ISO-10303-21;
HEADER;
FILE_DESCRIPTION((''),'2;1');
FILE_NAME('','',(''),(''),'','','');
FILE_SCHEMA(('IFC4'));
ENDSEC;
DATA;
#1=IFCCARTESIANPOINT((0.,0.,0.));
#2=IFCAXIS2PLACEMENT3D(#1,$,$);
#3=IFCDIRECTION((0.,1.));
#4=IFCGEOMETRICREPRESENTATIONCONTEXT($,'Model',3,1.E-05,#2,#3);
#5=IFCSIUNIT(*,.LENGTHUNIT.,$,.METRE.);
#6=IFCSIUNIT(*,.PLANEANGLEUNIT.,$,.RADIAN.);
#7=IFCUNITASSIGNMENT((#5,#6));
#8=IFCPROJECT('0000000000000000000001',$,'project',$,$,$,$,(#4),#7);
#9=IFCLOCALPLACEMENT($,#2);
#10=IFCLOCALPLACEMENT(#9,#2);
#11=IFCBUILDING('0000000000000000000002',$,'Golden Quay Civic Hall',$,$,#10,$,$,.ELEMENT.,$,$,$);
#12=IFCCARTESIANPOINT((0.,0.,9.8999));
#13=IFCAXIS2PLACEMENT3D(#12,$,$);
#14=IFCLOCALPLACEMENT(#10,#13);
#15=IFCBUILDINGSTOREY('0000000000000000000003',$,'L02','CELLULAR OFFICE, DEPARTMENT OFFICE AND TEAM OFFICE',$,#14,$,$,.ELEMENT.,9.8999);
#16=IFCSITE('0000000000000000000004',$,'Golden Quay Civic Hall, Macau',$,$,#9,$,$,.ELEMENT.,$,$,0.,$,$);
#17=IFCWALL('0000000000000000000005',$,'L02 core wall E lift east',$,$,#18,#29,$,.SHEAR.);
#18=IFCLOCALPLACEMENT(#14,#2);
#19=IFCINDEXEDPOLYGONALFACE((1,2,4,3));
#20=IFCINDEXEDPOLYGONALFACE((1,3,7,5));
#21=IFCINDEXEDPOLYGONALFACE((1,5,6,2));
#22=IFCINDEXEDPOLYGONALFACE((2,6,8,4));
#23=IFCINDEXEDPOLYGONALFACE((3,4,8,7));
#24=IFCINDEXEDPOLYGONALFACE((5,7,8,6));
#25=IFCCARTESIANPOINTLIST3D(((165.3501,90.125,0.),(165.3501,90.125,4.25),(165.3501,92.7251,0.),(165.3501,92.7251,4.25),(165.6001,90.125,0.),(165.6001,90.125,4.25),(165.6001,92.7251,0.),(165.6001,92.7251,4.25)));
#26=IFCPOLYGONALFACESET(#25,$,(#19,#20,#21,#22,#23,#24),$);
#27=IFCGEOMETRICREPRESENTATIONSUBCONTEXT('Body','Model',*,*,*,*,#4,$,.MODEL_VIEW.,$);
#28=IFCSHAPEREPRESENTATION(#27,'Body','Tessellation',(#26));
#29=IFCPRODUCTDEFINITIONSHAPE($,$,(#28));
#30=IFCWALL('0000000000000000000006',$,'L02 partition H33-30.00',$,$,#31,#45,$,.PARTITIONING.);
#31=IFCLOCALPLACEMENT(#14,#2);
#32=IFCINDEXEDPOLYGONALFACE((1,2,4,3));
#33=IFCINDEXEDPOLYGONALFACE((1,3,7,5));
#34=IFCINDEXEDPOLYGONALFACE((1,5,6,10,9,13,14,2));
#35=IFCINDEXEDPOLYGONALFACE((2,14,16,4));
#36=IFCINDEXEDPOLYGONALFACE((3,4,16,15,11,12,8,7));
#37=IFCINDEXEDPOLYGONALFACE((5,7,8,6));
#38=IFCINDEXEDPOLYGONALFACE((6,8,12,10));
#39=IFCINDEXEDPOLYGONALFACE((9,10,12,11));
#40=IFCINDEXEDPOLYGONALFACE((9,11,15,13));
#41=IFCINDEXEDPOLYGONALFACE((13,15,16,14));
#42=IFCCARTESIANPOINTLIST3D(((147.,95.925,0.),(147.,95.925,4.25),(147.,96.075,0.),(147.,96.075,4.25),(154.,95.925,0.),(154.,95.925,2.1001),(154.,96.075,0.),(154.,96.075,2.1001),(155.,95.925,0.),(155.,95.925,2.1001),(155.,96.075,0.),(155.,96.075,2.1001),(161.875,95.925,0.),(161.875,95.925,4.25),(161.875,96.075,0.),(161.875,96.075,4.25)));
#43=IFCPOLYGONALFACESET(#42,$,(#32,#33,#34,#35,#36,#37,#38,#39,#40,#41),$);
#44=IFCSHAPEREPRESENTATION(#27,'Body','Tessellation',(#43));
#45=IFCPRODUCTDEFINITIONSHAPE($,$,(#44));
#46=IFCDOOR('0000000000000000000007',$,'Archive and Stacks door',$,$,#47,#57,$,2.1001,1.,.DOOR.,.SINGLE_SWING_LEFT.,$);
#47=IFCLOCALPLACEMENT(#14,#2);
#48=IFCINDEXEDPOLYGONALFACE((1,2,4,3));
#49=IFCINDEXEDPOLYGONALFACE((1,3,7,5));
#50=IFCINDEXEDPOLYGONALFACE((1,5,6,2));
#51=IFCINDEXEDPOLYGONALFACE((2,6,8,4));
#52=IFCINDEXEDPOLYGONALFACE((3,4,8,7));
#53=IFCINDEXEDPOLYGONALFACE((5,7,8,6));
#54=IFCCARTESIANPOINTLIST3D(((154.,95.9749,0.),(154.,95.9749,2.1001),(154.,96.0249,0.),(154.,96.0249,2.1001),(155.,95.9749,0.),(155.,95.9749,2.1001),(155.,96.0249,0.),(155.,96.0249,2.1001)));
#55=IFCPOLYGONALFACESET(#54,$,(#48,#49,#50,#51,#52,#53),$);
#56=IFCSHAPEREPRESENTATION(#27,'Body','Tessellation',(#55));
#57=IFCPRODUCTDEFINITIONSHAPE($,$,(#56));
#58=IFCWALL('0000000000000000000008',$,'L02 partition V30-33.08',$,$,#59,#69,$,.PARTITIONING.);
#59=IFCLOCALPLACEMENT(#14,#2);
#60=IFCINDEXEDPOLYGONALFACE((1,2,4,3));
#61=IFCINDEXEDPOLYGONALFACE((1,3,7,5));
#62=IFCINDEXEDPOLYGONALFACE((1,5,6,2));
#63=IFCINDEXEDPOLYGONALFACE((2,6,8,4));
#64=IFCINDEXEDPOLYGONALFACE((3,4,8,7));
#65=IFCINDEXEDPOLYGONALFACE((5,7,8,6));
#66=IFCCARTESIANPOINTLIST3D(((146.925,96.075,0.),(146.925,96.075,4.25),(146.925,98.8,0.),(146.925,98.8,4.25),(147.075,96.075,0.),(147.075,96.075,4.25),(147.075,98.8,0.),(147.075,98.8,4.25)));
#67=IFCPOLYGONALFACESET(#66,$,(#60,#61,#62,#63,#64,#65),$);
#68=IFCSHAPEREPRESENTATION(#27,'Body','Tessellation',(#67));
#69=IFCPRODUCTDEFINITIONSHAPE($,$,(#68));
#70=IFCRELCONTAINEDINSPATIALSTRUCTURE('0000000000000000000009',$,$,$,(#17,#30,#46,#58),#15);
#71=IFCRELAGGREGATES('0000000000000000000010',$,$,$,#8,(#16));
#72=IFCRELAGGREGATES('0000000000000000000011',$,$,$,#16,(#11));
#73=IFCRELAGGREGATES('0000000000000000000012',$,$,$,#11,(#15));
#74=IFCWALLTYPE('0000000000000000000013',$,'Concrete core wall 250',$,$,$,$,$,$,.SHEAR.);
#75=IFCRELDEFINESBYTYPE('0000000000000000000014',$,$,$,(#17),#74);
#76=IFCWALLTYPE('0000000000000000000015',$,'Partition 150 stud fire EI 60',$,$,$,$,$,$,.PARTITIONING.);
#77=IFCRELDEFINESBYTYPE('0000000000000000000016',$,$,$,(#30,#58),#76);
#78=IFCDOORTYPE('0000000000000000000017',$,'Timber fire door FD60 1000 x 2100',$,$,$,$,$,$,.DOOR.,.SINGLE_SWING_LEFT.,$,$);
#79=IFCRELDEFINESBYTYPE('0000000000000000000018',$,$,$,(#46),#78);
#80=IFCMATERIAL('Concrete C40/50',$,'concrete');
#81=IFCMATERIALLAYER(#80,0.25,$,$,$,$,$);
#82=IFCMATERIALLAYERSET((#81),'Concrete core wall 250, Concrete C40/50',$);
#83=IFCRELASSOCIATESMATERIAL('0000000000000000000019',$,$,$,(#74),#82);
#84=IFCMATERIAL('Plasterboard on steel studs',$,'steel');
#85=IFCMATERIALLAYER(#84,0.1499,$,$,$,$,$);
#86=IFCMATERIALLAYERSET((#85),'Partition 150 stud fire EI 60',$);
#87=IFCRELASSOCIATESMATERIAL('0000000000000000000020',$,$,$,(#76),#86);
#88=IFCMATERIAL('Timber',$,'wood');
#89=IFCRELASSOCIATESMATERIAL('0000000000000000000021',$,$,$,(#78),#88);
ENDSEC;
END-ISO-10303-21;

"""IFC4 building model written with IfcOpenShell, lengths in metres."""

from ifc_helpers import new_model, si_unit, direction, frame, frame_2d, origin, place, context, subcontext, project, spatial, rectangle, extrude, material, layer, layer_set, type_object, element, fill, save


model = new_model("IFC4")

# Units and contexts
model_context = context("Model", 3, precision=1e-05, world=origin(), true_north=direction((0.0, 1.0)))
body_context = subcontext(model_context, "Body", "Model", "MODEL_VIEW")
ifc_project = project(units=[si_unit("LENGTHUNIT", "METRE"), si_unit("PLANEANGLEUNIT", "RADIAN")], contexts=[model_context])

# Site, building, storey
site_placement = place(None, origin())
site = spatial("IfcSite", under=ifc_project, at=site_placement, Name="Golden Quay Civic Hall, Macau", CompositionType="ELEMENT", RefElevation=0.0)
building_placement = place(site_placement, origin())
building = spatial("IfcBuilding", under=site, at=building_placement, Name="Golden Quay Civic Hall", CompositionType="ELEMENT")
storey_placement = place(building_placement, frame((0.0, 0.0, 9.8999)))
storey = spatial("IfcBuildingStorey", under=building, at=storey_placement, Name="L02", Description="CELLULAR OFFICE, DEPARTMENT OFFICE AND TEAM OFFICE", CompositionType="ELEMENT", Elevation=9.8999)

# Shared definitions
ifc_material_1 = material(Name="Concrete C40/50", Category="concrete")
ifc_layer_1 = layer(ifc_material_1, 0.25)
ifc_layer_set_1 = layer_set([ifc_layer_1], Name="Concrete core wall 250, Concrete C40/50")
wall_type_1 = type_object("IfcWallType", Name="Concrete core wall 250", PredefinedType="SHEAR", material=ifc_layer_set_1)

# Wall
wall_1_placement = place(storey_placement, frame((165.4751, 92.7251, 0.0), z_axis=(0.0, 0.0, 1.0), x_axis=(0.0, -1.0, 0.0)))
element("IfcWall", 1, at=wall_1_placement, inside=storey, type_object=wall_type_1, Name="L02 core wall E lift east", PredefinedType="SHEAR", context=body_context, shape_type="SweptSolid", body=[
    extrude(rectangle(XDim=2.6001, YDim=0.25, at=frame_2d((1.3, 0.0))), origin(), (0.0, 0.0, 1.0), 4.25),
])

# Wall, opening, door
ifc_material_2 = material(Name="Plasterboard on steel studs", Category="steel")
ifc_layer_2 = layer(ifc_material_2, 0.1499)
ifc_layer_set_2 = layer_set([ifc_layer_2], Name="Partition 150 stud fire EI 60")
wall_type_2 = type_object("IfcWallType", Name="Partition 150 stud fire EI 60", PredefinedType="PARTITIONING", material=ifc_layer_set_2)
wall_2_placement = place(storey_placement, frame((147.0, 96.0, 0.0), z_axis=(0.0, 0.0, 1.0), x_axis=(1.0, 0.0, 0.0)))
wall_2 = element("IfcWall", 2, at=wall_2_placement, inside=storey, type_object=wall_type_2, Name="L02 partition H33-30.00", PredefinedType="PARTITIONING", context=body_context, shape_type="SweptSolid", body=[
    extrude(rectangle(XDim=14.875, YDim=0.1499, at=frame_2d((7.4375, 0.0))), origin(), (0.0, 0.0, 1.0), 4.25),
])
opening_1_placement = place(wall_2_placement, frame((7.0, 0.0, 0.0)))
opening_1 = element("IfcOpeningElement", 3, at=opening_1_placement, cuts=wall_2, PredefinedType="OPENING", context=body_context, shape_type="SweptSolid", body=[
    extrude(rectangle(XDim=1.0, YDim=2.1001, at=frame_2d((0.5, 1.05))), frame((0.0, 0.085, 0.0), z_axis=(0.0, -1.0, 0.0), x_axis=(1.0, 0.0, 0.0)), (0.0, 0.0, 1.0), 0.1699),
])
ifc_material_3 = material(Name="Timber", Category="wood")
door_type_1 = type_object("IfcDoorType", Name="Timber fire door FD60 1000 x 2100", OperationType="SINGLE_SWING_LEFT", PredefinedType="DOOR", material=ifc_material_3)
door_1_placement = place(opening_1_placement, origin())
door_1 = element("IfcDoor", 4, at=door_1_placement, inside=storey, type_object=door_type_1, Name="Archive and Stacks door", OperationType="SINGLE_SWING_LEFT", OverallHeight=2.1001, OverallWidth=1.0, PredefinedType="DOOR", context=body_context, shape_type="SweptSolid", body=[
    extrude(rectangle(XDim=1.0, YDim=2.1001, at=frame_2d((0.5, 1.05))), frame((0.0, 0.0249, 0.0), z_axis=(0.0, -1.0, 0.0), x_axis=(1.0, 0.0, 0.0)), (0.0, 0.0, 1.0), 0.05),
])
fill(opening_1, door_1)

# Wall
wall_3_placement = place(storey_placement, frame((147.0, 96.075, 0.0), z_axis=(0.0, 0.0, 1.0), x_axis=(0.0, 1.0, 0.0)))
element("IfcWall", 5, at=wall_3_placement, inside=storey, type_object=wall_type_2, Name="L02 partition V30-33.08", PredefinedType="PARTITIONING", context=body_context, shape_type="SweptSolid", body=[
    extrude(rectangle(XDim=2.7251, YDim=0.1499, at=frame_2d((1.3625, 0.0))), origin(), (0.0, 0.0, 1.0), 4.25),
])

save(model, "model.ifc")
